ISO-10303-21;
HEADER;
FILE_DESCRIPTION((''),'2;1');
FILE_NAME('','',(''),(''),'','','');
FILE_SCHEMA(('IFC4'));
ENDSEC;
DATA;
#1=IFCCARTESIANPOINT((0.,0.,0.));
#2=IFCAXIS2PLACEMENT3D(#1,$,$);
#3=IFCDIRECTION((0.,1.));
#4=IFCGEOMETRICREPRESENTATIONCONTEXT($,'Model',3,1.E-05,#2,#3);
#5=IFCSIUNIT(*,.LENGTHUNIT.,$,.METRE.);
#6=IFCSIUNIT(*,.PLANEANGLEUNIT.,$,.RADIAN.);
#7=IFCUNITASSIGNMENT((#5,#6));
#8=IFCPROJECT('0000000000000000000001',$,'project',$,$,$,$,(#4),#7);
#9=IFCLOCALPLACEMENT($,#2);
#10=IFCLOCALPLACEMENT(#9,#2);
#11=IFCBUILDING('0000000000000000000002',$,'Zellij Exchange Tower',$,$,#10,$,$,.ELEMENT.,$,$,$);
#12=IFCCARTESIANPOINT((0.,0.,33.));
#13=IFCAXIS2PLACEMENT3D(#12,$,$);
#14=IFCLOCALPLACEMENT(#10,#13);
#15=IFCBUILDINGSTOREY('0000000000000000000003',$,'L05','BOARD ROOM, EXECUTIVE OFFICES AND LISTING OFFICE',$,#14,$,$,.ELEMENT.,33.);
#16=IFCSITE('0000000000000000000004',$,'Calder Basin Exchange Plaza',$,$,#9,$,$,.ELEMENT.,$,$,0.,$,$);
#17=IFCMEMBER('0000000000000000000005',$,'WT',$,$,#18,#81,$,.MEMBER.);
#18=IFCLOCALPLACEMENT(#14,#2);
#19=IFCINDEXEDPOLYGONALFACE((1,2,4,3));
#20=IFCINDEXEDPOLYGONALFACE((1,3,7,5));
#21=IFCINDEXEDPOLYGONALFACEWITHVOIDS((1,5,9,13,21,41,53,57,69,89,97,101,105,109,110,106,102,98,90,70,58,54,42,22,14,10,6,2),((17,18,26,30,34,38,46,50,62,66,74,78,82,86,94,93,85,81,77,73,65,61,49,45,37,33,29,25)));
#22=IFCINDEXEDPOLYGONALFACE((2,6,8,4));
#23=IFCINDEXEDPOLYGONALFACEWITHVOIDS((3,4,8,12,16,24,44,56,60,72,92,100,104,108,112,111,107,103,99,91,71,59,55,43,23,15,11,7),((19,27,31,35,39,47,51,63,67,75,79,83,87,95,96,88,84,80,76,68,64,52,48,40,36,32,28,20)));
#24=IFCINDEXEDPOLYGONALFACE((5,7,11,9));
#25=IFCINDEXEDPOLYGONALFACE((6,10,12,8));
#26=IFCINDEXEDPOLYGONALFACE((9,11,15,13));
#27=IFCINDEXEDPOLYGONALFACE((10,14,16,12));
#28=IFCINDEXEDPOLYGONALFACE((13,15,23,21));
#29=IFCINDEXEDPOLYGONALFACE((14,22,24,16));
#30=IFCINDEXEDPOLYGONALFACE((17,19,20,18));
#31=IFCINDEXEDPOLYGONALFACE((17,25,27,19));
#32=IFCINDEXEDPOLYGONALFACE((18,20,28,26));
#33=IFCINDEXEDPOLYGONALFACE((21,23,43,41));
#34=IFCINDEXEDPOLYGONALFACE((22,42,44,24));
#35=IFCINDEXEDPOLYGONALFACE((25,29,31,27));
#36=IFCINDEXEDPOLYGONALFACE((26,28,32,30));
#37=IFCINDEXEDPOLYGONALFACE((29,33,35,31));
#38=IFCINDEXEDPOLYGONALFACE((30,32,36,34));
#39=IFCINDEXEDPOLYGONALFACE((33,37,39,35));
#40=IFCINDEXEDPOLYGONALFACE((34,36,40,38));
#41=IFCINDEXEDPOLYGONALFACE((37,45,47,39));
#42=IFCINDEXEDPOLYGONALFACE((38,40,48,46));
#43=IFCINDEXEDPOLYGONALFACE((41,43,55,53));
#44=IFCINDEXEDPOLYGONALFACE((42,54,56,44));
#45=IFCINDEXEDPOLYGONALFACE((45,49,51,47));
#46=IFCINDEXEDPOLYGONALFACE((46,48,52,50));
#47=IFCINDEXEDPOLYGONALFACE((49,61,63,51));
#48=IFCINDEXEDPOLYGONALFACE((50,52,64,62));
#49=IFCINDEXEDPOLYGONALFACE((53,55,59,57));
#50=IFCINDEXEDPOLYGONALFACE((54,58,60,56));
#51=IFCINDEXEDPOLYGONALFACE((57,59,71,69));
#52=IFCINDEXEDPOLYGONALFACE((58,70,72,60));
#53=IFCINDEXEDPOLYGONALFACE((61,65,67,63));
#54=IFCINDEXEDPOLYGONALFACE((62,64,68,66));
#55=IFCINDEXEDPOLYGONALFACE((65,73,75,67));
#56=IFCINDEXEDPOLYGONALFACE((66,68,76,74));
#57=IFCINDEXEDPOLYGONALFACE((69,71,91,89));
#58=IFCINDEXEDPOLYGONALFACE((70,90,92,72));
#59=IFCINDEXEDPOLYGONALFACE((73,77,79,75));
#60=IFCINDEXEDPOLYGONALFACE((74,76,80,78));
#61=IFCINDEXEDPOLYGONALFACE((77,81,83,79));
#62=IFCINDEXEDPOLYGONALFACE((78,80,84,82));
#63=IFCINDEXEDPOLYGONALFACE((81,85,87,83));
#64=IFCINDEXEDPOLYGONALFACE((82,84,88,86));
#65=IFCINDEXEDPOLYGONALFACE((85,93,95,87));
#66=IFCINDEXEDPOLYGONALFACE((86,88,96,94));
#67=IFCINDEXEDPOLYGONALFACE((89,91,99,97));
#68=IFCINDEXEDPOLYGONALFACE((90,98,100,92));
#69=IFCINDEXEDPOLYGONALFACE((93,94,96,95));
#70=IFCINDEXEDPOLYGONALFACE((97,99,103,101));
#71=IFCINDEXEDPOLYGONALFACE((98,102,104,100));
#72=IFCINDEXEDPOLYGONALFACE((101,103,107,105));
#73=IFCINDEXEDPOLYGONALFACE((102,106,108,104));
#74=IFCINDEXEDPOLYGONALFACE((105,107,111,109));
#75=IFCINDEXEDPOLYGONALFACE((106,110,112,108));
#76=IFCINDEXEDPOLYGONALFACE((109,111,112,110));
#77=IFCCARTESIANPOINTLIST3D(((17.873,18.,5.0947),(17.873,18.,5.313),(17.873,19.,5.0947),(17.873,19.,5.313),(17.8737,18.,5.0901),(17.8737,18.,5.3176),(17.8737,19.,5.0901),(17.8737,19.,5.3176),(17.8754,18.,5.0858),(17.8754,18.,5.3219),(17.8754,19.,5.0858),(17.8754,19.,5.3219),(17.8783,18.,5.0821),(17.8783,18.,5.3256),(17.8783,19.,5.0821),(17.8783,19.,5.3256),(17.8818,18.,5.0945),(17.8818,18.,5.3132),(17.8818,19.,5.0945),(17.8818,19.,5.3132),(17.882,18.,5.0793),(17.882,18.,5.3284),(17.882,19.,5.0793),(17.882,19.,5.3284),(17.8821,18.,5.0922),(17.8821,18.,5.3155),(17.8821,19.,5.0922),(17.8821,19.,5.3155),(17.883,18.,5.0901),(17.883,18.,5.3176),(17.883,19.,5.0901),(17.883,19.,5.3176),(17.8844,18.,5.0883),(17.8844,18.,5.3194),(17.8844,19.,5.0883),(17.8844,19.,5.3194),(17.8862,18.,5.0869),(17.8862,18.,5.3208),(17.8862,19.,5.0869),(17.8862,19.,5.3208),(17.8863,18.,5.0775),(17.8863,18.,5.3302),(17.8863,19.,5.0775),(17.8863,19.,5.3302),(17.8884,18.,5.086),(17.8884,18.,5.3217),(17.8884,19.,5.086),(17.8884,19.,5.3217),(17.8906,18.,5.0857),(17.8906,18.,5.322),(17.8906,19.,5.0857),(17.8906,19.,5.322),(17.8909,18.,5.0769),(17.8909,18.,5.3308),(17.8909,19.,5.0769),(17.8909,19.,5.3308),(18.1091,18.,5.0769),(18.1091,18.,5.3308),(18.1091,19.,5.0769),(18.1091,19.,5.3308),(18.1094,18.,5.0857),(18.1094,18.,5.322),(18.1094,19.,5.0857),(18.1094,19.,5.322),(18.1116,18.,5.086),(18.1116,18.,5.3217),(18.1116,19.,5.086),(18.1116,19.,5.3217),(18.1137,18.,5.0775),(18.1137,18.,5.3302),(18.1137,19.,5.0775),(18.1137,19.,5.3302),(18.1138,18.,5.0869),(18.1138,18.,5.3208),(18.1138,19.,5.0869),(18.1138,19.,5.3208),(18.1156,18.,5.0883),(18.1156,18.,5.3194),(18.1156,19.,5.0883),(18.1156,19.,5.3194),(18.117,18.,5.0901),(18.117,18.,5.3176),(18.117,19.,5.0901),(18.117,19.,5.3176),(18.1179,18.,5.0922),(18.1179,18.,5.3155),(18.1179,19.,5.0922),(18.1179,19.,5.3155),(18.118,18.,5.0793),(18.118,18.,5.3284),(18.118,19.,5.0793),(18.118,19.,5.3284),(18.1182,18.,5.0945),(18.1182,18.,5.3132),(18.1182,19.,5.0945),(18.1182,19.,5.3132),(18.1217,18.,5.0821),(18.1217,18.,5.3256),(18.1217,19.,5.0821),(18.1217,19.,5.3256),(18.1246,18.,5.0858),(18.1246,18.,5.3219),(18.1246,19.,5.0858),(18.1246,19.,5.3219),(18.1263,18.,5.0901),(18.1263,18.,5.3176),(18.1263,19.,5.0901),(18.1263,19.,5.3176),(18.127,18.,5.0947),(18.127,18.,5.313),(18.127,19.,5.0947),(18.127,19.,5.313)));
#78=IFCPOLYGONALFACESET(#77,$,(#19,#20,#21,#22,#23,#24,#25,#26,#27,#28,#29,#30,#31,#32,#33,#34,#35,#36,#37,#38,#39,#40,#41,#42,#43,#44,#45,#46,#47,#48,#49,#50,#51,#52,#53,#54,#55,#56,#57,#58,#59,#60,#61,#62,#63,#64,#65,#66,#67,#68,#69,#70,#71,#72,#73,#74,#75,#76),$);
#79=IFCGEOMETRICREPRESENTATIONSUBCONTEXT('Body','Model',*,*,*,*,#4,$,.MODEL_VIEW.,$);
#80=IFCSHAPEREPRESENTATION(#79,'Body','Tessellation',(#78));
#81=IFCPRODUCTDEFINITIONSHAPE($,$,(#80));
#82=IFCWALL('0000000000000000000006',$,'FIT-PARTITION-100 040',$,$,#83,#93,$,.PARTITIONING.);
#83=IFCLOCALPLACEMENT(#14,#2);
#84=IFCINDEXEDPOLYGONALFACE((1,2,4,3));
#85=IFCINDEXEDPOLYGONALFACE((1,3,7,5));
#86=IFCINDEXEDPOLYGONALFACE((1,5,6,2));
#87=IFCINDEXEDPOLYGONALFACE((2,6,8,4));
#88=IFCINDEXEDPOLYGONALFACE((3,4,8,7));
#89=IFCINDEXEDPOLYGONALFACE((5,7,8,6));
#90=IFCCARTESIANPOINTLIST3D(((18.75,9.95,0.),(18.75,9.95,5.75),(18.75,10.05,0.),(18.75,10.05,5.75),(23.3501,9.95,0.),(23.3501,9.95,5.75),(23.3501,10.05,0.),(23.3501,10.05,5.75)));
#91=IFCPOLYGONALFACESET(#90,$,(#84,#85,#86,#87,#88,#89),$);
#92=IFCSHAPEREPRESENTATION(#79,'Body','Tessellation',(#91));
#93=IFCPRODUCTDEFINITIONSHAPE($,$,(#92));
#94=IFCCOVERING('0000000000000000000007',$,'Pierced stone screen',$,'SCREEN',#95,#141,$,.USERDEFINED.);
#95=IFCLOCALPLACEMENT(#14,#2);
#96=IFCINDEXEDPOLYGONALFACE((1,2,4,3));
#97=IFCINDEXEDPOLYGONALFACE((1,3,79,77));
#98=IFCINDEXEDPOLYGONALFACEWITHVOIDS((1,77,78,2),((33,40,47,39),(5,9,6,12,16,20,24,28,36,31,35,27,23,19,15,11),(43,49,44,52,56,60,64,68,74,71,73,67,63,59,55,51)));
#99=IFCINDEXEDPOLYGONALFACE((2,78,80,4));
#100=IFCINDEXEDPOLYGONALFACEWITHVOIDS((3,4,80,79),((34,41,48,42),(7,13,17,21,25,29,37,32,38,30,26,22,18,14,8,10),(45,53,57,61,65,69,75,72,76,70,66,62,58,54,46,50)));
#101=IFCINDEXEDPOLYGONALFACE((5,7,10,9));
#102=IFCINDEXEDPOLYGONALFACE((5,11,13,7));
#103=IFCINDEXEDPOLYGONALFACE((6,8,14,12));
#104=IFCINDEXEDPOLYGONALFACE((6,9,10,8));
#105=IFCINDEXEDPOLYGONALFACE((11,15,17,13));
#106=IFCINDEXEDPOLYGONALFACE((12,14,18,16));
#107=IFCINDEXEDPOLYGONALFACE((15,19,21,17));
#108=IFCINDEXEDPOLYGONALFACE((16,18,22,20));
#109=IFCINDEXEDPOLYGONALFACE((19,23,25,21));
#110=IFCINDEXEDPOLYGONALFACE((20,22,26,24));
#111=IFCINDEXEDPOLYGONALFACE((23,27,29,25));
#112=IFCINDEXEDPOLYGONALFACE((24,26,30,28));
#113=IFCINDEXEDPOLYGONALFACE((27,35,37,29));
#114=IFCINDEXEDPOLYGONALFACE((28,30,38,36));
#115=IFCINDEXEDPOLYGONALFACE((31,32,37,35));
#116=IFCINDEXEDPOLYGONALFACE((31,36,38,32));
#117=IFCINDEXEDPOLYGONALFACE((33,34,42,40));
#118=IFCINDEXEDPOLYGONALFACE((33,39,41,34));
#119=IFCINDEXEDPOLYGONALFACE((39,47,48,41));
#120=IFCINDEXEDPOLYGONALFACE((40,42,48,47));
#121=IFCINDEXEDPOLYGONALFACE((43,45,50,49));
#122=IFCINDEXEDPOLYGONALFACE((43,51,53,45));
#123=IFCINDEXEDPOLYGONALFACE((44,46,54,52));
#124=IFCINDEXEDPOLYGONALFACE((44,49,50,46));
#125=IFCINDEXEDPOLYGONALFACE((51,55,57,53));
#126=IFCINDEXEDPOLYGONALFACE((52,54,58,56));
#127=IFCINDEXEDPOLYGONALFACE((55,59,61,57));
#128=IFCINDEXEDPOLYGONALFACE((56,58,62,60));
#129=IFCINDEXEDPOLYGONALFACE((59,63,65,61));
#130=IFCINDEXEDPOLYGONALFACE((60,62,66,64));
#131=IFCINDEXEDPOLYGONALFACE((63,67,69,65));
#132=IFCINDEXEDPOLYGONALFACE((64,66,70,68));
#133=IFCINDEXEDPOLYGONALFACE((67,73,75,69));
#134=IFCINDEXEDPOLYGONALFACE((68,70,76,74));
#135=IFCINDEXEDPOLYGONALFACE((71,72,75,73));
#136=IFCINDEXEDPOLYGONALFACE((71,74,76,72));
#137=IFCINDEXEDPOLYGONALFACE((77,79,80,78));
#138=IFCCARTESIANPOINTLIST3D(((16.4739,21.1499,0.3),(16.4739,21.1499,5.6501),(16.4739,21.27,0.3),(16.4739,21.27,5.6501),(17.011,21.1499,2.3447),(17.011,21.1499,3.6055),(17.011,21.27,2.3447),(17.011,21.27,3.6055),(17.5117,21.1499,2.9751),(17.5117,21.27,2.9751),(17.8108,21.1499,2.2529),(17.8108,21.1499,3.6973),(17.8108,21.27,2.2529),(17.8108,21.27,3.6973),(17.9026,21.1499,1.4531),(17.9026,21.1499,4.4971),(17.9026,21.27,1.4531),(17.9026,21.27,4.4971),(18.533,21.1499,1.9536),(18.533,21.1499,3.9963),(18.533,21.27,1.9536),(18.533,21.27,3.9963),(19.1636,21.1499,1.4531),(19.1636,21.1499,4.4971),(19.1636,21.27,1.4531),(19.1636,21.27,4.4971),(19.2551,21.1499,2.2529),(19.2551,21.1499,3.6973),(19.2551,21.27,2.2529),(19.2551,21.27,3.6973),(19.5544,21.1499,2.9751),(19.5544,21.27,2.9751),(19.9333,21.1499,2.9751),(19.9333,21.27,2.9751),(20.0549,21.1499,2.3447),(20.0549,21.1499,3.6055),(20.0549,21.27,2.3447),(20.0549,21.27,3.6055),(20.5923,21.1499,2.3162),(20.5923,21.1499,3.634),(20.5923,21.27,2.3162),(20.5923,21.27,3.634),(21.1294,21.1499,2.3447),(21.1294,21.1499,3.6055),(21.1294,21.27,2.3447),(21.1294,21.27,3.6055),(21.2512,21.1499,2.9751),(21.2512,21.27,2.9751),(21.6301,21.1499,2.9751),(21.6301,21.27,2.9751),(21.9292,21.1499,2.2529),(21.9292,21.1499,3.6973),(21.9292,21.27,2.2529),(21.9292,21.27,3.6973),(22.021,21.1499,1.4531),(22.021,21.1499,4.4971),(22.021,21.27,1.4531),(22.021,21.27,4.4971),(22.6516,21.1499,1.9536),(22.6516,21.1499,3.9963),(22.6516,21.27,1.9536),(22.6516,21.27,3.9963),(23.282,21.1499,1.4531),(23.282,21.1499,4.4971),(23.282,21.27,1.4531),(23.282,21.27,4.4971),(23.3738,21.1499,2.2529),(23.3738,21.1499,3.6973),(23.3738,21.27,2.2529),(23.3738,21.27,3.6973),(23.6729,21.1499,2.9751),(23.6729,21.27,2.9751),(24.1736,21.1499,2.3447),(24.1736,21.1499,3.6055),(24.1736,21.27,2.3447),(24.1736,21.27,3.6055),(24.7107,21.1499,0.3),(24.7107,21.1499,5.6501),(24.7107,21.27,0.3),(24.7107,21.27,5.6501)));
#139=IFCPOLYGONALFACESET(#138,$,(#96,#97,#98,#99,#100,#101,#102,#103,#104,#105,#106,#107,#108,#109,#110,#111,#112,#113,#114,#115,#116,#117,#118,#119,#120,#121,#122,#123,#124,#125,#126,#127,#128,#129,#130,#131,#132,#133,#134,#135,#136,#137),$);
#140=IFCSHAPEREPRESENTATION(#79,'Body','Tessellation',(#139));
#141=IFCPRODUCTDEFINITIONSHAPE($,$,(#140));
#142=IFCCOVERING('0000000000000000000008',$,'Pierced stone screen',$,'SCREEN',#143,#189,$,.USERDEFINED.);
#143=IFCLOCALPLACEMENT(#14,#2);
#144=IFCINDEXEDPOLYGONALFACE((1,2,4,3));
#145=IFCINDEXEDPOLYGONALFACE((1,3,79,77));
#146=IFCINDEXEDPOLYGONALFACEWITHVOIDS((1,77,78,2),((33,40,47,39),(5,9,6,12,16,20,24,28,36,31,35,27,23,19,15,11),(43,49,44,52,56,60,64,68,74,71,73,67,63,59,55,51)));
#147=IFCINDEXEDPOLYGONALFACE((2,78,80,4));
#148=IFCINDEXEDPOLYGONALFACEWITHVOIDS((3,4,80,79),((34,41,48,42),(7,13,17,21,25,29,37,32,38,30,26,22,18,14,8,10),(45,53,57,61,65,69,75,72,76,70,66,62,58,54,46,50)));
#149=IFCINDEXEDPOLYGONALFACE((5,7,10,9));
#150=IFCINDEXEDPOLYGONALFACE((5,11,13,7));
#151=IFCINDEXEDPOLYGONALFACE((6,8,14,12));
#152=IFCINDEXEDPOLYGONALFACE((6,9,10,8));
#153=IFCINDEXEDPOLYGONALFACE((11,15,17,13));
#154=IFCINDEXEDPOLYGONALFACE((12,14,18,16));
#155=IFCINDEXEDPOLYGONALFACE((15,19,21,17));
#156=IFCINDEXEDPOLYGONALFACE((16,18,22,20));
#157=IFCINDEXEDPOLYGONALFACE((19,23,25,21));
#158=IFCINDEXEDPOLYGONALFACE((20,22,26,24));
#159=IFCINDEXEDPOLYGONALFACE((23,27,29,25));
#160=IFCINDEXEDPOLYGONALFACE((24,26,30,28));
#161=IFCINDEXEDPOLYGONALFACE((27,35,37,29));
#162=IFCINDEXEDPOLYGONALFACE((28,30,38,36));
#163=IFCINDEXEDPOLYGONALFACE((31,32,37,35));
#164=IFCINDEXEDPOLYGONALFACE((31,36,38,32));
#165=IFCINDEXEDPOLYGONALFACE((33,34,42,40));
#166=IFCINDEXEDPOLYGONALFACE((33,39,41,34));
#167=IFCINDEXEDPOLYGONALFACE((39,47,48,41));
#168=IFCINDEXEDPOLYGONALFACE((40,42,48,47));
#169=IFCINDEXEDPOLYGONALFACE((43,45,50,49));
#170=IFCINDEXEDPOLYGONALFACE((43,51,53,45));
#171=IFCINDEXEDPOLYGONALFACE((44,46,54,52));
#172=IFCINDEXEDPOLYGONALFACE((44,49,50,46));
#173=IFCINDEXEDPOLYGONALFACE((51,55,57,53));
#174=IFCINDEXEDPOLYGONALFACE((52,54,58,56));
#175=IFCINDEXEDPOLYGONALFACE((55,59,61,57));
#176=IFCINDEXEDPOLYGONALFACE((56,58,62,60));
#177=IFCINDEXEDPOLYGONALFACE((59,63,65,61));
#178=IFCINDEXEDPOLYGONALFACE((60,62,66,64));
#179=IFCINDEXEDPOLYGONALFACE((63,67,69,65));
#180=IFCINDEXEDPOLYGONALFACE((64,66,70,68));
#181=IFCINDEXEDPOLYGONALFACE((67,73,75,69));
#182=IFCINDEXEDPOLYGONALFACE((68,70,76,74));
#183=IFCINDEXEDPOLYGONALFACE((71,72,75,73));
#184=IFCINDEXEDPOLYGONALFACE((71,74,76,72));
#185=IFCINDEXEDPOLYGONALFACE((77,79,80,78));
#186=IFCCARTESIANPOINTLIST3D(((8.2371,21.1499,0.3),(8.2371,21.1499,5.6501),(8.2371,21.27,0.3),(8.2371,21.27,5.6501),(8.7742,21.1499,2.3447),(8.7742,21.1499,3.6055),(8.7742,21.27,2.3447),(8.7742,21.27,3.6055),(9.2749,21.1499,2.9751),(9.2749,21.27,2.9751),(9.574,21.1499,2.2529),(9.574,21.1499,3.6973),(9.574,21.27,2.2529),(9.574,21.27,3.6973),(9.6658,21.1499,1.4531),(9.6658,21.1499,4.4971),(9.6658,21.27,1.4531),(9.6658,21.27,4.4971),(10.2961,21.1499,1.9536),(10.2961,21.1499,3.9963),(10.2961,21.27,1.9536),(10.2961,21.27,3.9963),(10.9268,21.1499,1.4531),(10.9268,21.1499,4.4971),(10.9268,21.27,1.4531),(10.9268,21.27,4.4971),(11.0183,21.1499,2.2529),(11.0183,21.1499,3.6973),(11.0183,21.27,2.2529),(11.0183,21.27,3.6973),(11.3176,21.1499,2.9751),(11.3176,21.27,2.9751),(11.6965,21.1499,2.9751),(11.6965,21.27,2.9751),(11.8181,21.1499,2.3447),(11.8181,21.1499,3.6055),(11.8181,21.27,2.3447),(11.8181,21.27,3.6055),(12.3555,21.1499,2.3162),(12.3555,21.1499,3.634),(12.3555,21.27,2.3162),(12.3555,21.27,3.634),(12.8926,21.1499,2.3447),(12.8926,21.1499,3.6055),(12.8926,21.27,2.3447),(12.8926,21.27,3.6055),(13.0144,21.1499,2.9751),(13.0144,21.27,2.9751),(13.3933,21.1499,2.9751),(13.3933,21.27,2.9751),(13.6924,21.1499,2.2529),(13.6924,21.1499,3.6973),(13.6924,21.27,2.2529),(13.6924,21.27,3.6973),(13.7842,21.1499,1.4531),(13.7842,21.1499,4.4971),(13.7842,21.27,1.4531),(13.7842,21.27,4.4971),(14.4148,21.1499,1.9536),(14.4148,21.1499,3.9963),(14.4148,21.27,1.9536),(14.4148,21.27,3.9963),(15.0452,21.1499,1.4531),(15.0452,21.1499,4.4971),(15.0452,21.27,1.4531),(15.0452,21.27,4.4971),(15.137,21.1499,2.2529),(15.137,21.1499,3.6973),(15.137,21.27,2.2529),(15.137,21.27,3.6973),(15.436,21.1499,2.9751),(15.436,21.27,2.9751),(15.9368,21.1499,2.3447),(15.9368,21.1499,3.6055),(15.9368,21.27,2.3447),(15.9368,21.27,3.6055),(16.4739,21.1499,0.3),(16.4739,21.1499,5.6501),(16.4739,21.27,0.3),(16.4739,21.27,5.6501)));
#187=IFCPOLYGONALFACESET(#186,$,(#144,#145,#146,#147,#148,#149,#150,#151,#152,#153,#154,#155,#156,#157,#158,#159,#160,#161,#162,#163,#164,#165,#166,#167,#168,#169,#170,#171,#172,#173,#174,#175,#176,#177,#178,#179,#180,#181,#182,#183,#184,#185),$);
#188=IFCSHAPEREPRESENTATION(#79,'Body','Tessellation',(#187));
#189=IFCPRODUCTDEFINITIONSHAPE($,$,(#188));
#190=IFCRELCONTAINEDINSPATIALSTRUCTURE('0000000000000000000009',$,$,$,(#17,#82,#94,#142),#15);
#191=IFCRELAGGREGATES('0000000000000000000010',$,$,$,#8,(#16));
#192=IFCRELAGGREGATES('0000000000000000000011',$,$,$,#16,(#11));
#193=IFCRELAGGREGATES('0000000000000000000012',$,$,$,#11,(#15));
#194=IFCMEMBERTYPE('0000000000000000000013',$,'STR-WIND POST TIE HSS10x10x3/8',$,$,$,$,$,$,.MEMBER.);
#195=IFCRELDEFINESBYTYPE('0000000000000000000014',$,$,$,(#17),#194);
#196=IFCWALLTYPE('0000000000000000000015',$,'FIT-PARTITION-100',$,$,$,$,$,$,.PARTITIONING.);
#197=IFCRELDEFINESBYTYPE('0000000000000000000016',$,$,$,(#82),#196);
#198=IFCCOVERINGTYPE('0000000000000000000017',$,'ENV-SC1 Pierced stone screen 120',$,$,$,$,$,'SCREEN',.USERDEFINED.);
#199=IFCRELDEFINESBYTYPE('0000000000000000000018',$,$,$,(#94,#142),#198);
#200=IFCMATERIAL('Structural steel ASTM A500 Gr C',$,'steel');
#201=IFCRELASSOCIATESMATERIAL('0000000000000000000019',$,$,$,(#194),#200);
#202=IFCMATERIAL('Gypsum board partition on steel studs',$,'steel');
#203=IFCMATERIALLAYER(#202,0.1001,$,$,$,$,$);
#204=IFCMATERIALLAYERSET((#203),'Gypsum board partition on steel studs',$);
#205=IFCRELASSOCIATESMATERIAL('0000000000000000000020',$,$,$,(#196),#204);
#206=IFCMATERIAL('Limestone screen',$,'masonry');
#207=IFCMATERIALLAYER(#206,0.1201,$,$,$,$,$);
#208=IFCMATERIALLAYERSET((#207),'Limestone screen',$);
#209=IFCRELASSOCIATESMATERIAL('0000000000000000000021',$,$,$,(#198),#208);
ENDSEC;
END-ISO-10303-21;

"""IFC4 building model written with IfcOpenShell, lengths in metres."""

from ifc_helpers import new_model, si_unit, direction, frame, frame_2d, origin, origin_2d, place, context, subcontext, project, spatial, polyline, rectangle, hollow_rectangle, outline, extrude, material, layer, layer_set, material_profile, profile_set, type_object, element, save


model = new_model("IFC4")

# Units and contexts
model_context = context("Model", 3, precision=1e-05, world=origin(), true_north=direction((0.0, 1.0)))
body_context = subcontext(model_context, "Body", "Model", "MODEL_VIEW")
ifc_project = project(units=[si_unit("LENGTHUNIT", "METRE"), si_unit("PLANEANGLEUNIT", "RADIAN")], contexts=[model_context])

# Site, building, storey
site_placement = place(None, origin())
site = spatial("IfcSite", under=ifc_project, at=site_placement, Name="Calder Basin Exchange Plaza", CompositionType="ELEMENT", RefElevation=0.0)
building_placement = place(site_placement, origin())
building = spatial("IfcBuilding", under=site, at=building_placement, Name="Zellij Exchange Tower", CompositionType="ELEMENT")
storey_placement = place(building_placement, frame((0.0, 0.0, 33.0)))
storey = spatial("IfcBuildingStorey", under=building, at=storey_placement, Name="L05", Description="BOARD ROOM, EXECUTIVE OFFICES AND LISTING OFFICE", CompositionType="ELEMENT", Elevation=33.0)

# Member
ifc_material_1 = material(Name="Structural steel ASTM A500 Gr C", Category="steel")
ifc_material_profile_1 = material_profile(ifc_material_1, hollow_rectangle(XDim=0.2539, YDim=0.2539, WallThickness=0.0088, InnerFilletRadius=0.0088, OuterFilletRadius=0.0178, at=origin_2d()), Name="STR-WIND POST TIE HSS10x10x3/8")
ifc_profile_set_1 = profile_set([ifc_material_profile_1], Name="Structural steel ASTM A500 Gr C")
member_type_1 = type_object("IfcMemberType", Name="STR-WIND POST TIE HSS10x10x3/8", PredefinedType="MEMBER", material=ifc_profile_set_1)
for number, where, z_axis, x_axis, name in (
    (1, (18.0, 19.0, 5.2039), (0.0, -1.0, 0.0), (1.0, 0.0, 0.0), "WT"),
):
    element("IfcMember", number, at=place(storey_placement, frame(where, z_axis=z_axis, x_axis=x_axis)), inside=storey, type_object=member_type_1, Name=name, PredefinedType="MEMBER", context=body_context, shape_type="SweptSolid", body=[
        extrude(hollow_rectangle(XDim=0.2539, YDim=0.2539, WallThickness=0.0088, InnerFilletRadius=0.0088, OuterFilletRadius=0.0178, at=origin_2d()), origin(), (0.0, 0.0, 1.0), 1.0),
    ])

# Wall
ifc_material_2 = material(Name="Gypsum board partition on steel studs", Category="steel")
ifc_layer_1 = layer(ifc_material_2, 0.1001)
ifc_layer_set_1 = layer_set([ifc_layer_1], Name="Gypsum board partition on steel studs")
wall_type = type_object("IfcWallType", Name="FIT-PARTITION-100", PredefinedType="PARTITIONING", material=ifc_layer_set_1)
wall_placement = place(storey_placement, frame((18.75, 10.0, 0.0), z_axis=(0.0, 0.0, 1.0), x_axis=(1.0, 0.0, 0.0)))
element("IfcWall", 2, at=wall_placement, inside=storey, type_object=wall_type, Name="FIT-PARTITION-100 040", PredefinedType="PARTITIONING", context=body_context, shape_type="SweptSolid", body=[
    extrude(rectangle(XDim=4.6001, YDim=0.1001, at=frame_2d((2.3, 0.0))), origin(), (0.0, 0.0, 1.0), 5.75),
])

# Coverings
ifc_material_3 = material(Name="Limestone screen", Category="masonry")
ifc_layer_2 = layer(ifc_material_3, 0.1201)
ifc_layer_set_2 = layer_set([ifc_layer_2], Name="Limestone screen")
covering_type = type_object("IfcCoveringType", Name="ENV-SC1 Pierced stone screen 120", ElementType="SCREEN", PredefinedType="USERDEFINED", material=ifc_layer_set_2)
for number, where, z_axis, x_axis, name in (
    (3, (24.7107, 21.21, 0.3), (0.0, 0.0, 1.0), (-1.0, 0.0, 0.0), "Pierced stone screen"),
    (4, (16.4739, 21.21, 0.3), (0.0, 0.0, 1.0), (-1.0, 0.0, 0.0), "Pierced stone screen"),
):
    element("IfcCovering", number, at=place(storey_placement, frame(where, z_axis=z_axis, x_axis=x_axis)), inside=storey, type_object=covering_type, Name=name, ObjectType="SCREEN", PredefinedType="USERDEFINED", context=body_context, shape_type="SweptSolid", body=[
        extrude(outline(polyline([(0.0, 0.0), (8.2368, 0.0), (8.2368, 5.3501), (0.0, 5.3501), (0.0, 0.0)]), holes=[polyline([(3.5813, 3.3054), (2.7815, 3.3972), (2.6897, 4.197), (2.0591, 3.6963), (1.4287, 4.197), (1.3369, 3.3972), (0.5371, 3.3054), (1.0378, 2.675), (0.5371, 2.0447), (1.3369, 1.9529), (1.4287, 1.1531), (2.0591, 1.6536), (2.6897, 1.1531), (2.7815, 1.9529), (3.5813, 2.0447), (3.0806, 2.675), (3.5813, 3.3054)]), polyline([(7.6997, 3.3054), (6.8999, 3.3972), (6.8081, 4.197), (6.1777, 3.6963), (5.5471, 4.197), (5.4556, 3.3972), (4.6558, 3.3054), (5.1562, 2.675), (4.6558, 2.0447), (5.4556, 1.9529), (5.5471, 1.1531), (6.1777, 1.6536), (6.8081, 1.1531), (6.8999, 1.9529), (7.6997, 2.0447), (7.199, 2.675), (7.6997, 3.3054)]), polyline([(4.7773, 2.675), (4.1184, 3.334), (3.4595, 2.675), (4.1184, 2.0161), (4.7773, 2.675)])]), frame((0.0, 0.0601, 0.0), z_axis=(0.0, -1.0, 0.0), x_axis=(1.0, 0.0, 0.0)), (0.0, 0.0, 1.0), 0.1201),
    ])

save(model, "model.ifc")
